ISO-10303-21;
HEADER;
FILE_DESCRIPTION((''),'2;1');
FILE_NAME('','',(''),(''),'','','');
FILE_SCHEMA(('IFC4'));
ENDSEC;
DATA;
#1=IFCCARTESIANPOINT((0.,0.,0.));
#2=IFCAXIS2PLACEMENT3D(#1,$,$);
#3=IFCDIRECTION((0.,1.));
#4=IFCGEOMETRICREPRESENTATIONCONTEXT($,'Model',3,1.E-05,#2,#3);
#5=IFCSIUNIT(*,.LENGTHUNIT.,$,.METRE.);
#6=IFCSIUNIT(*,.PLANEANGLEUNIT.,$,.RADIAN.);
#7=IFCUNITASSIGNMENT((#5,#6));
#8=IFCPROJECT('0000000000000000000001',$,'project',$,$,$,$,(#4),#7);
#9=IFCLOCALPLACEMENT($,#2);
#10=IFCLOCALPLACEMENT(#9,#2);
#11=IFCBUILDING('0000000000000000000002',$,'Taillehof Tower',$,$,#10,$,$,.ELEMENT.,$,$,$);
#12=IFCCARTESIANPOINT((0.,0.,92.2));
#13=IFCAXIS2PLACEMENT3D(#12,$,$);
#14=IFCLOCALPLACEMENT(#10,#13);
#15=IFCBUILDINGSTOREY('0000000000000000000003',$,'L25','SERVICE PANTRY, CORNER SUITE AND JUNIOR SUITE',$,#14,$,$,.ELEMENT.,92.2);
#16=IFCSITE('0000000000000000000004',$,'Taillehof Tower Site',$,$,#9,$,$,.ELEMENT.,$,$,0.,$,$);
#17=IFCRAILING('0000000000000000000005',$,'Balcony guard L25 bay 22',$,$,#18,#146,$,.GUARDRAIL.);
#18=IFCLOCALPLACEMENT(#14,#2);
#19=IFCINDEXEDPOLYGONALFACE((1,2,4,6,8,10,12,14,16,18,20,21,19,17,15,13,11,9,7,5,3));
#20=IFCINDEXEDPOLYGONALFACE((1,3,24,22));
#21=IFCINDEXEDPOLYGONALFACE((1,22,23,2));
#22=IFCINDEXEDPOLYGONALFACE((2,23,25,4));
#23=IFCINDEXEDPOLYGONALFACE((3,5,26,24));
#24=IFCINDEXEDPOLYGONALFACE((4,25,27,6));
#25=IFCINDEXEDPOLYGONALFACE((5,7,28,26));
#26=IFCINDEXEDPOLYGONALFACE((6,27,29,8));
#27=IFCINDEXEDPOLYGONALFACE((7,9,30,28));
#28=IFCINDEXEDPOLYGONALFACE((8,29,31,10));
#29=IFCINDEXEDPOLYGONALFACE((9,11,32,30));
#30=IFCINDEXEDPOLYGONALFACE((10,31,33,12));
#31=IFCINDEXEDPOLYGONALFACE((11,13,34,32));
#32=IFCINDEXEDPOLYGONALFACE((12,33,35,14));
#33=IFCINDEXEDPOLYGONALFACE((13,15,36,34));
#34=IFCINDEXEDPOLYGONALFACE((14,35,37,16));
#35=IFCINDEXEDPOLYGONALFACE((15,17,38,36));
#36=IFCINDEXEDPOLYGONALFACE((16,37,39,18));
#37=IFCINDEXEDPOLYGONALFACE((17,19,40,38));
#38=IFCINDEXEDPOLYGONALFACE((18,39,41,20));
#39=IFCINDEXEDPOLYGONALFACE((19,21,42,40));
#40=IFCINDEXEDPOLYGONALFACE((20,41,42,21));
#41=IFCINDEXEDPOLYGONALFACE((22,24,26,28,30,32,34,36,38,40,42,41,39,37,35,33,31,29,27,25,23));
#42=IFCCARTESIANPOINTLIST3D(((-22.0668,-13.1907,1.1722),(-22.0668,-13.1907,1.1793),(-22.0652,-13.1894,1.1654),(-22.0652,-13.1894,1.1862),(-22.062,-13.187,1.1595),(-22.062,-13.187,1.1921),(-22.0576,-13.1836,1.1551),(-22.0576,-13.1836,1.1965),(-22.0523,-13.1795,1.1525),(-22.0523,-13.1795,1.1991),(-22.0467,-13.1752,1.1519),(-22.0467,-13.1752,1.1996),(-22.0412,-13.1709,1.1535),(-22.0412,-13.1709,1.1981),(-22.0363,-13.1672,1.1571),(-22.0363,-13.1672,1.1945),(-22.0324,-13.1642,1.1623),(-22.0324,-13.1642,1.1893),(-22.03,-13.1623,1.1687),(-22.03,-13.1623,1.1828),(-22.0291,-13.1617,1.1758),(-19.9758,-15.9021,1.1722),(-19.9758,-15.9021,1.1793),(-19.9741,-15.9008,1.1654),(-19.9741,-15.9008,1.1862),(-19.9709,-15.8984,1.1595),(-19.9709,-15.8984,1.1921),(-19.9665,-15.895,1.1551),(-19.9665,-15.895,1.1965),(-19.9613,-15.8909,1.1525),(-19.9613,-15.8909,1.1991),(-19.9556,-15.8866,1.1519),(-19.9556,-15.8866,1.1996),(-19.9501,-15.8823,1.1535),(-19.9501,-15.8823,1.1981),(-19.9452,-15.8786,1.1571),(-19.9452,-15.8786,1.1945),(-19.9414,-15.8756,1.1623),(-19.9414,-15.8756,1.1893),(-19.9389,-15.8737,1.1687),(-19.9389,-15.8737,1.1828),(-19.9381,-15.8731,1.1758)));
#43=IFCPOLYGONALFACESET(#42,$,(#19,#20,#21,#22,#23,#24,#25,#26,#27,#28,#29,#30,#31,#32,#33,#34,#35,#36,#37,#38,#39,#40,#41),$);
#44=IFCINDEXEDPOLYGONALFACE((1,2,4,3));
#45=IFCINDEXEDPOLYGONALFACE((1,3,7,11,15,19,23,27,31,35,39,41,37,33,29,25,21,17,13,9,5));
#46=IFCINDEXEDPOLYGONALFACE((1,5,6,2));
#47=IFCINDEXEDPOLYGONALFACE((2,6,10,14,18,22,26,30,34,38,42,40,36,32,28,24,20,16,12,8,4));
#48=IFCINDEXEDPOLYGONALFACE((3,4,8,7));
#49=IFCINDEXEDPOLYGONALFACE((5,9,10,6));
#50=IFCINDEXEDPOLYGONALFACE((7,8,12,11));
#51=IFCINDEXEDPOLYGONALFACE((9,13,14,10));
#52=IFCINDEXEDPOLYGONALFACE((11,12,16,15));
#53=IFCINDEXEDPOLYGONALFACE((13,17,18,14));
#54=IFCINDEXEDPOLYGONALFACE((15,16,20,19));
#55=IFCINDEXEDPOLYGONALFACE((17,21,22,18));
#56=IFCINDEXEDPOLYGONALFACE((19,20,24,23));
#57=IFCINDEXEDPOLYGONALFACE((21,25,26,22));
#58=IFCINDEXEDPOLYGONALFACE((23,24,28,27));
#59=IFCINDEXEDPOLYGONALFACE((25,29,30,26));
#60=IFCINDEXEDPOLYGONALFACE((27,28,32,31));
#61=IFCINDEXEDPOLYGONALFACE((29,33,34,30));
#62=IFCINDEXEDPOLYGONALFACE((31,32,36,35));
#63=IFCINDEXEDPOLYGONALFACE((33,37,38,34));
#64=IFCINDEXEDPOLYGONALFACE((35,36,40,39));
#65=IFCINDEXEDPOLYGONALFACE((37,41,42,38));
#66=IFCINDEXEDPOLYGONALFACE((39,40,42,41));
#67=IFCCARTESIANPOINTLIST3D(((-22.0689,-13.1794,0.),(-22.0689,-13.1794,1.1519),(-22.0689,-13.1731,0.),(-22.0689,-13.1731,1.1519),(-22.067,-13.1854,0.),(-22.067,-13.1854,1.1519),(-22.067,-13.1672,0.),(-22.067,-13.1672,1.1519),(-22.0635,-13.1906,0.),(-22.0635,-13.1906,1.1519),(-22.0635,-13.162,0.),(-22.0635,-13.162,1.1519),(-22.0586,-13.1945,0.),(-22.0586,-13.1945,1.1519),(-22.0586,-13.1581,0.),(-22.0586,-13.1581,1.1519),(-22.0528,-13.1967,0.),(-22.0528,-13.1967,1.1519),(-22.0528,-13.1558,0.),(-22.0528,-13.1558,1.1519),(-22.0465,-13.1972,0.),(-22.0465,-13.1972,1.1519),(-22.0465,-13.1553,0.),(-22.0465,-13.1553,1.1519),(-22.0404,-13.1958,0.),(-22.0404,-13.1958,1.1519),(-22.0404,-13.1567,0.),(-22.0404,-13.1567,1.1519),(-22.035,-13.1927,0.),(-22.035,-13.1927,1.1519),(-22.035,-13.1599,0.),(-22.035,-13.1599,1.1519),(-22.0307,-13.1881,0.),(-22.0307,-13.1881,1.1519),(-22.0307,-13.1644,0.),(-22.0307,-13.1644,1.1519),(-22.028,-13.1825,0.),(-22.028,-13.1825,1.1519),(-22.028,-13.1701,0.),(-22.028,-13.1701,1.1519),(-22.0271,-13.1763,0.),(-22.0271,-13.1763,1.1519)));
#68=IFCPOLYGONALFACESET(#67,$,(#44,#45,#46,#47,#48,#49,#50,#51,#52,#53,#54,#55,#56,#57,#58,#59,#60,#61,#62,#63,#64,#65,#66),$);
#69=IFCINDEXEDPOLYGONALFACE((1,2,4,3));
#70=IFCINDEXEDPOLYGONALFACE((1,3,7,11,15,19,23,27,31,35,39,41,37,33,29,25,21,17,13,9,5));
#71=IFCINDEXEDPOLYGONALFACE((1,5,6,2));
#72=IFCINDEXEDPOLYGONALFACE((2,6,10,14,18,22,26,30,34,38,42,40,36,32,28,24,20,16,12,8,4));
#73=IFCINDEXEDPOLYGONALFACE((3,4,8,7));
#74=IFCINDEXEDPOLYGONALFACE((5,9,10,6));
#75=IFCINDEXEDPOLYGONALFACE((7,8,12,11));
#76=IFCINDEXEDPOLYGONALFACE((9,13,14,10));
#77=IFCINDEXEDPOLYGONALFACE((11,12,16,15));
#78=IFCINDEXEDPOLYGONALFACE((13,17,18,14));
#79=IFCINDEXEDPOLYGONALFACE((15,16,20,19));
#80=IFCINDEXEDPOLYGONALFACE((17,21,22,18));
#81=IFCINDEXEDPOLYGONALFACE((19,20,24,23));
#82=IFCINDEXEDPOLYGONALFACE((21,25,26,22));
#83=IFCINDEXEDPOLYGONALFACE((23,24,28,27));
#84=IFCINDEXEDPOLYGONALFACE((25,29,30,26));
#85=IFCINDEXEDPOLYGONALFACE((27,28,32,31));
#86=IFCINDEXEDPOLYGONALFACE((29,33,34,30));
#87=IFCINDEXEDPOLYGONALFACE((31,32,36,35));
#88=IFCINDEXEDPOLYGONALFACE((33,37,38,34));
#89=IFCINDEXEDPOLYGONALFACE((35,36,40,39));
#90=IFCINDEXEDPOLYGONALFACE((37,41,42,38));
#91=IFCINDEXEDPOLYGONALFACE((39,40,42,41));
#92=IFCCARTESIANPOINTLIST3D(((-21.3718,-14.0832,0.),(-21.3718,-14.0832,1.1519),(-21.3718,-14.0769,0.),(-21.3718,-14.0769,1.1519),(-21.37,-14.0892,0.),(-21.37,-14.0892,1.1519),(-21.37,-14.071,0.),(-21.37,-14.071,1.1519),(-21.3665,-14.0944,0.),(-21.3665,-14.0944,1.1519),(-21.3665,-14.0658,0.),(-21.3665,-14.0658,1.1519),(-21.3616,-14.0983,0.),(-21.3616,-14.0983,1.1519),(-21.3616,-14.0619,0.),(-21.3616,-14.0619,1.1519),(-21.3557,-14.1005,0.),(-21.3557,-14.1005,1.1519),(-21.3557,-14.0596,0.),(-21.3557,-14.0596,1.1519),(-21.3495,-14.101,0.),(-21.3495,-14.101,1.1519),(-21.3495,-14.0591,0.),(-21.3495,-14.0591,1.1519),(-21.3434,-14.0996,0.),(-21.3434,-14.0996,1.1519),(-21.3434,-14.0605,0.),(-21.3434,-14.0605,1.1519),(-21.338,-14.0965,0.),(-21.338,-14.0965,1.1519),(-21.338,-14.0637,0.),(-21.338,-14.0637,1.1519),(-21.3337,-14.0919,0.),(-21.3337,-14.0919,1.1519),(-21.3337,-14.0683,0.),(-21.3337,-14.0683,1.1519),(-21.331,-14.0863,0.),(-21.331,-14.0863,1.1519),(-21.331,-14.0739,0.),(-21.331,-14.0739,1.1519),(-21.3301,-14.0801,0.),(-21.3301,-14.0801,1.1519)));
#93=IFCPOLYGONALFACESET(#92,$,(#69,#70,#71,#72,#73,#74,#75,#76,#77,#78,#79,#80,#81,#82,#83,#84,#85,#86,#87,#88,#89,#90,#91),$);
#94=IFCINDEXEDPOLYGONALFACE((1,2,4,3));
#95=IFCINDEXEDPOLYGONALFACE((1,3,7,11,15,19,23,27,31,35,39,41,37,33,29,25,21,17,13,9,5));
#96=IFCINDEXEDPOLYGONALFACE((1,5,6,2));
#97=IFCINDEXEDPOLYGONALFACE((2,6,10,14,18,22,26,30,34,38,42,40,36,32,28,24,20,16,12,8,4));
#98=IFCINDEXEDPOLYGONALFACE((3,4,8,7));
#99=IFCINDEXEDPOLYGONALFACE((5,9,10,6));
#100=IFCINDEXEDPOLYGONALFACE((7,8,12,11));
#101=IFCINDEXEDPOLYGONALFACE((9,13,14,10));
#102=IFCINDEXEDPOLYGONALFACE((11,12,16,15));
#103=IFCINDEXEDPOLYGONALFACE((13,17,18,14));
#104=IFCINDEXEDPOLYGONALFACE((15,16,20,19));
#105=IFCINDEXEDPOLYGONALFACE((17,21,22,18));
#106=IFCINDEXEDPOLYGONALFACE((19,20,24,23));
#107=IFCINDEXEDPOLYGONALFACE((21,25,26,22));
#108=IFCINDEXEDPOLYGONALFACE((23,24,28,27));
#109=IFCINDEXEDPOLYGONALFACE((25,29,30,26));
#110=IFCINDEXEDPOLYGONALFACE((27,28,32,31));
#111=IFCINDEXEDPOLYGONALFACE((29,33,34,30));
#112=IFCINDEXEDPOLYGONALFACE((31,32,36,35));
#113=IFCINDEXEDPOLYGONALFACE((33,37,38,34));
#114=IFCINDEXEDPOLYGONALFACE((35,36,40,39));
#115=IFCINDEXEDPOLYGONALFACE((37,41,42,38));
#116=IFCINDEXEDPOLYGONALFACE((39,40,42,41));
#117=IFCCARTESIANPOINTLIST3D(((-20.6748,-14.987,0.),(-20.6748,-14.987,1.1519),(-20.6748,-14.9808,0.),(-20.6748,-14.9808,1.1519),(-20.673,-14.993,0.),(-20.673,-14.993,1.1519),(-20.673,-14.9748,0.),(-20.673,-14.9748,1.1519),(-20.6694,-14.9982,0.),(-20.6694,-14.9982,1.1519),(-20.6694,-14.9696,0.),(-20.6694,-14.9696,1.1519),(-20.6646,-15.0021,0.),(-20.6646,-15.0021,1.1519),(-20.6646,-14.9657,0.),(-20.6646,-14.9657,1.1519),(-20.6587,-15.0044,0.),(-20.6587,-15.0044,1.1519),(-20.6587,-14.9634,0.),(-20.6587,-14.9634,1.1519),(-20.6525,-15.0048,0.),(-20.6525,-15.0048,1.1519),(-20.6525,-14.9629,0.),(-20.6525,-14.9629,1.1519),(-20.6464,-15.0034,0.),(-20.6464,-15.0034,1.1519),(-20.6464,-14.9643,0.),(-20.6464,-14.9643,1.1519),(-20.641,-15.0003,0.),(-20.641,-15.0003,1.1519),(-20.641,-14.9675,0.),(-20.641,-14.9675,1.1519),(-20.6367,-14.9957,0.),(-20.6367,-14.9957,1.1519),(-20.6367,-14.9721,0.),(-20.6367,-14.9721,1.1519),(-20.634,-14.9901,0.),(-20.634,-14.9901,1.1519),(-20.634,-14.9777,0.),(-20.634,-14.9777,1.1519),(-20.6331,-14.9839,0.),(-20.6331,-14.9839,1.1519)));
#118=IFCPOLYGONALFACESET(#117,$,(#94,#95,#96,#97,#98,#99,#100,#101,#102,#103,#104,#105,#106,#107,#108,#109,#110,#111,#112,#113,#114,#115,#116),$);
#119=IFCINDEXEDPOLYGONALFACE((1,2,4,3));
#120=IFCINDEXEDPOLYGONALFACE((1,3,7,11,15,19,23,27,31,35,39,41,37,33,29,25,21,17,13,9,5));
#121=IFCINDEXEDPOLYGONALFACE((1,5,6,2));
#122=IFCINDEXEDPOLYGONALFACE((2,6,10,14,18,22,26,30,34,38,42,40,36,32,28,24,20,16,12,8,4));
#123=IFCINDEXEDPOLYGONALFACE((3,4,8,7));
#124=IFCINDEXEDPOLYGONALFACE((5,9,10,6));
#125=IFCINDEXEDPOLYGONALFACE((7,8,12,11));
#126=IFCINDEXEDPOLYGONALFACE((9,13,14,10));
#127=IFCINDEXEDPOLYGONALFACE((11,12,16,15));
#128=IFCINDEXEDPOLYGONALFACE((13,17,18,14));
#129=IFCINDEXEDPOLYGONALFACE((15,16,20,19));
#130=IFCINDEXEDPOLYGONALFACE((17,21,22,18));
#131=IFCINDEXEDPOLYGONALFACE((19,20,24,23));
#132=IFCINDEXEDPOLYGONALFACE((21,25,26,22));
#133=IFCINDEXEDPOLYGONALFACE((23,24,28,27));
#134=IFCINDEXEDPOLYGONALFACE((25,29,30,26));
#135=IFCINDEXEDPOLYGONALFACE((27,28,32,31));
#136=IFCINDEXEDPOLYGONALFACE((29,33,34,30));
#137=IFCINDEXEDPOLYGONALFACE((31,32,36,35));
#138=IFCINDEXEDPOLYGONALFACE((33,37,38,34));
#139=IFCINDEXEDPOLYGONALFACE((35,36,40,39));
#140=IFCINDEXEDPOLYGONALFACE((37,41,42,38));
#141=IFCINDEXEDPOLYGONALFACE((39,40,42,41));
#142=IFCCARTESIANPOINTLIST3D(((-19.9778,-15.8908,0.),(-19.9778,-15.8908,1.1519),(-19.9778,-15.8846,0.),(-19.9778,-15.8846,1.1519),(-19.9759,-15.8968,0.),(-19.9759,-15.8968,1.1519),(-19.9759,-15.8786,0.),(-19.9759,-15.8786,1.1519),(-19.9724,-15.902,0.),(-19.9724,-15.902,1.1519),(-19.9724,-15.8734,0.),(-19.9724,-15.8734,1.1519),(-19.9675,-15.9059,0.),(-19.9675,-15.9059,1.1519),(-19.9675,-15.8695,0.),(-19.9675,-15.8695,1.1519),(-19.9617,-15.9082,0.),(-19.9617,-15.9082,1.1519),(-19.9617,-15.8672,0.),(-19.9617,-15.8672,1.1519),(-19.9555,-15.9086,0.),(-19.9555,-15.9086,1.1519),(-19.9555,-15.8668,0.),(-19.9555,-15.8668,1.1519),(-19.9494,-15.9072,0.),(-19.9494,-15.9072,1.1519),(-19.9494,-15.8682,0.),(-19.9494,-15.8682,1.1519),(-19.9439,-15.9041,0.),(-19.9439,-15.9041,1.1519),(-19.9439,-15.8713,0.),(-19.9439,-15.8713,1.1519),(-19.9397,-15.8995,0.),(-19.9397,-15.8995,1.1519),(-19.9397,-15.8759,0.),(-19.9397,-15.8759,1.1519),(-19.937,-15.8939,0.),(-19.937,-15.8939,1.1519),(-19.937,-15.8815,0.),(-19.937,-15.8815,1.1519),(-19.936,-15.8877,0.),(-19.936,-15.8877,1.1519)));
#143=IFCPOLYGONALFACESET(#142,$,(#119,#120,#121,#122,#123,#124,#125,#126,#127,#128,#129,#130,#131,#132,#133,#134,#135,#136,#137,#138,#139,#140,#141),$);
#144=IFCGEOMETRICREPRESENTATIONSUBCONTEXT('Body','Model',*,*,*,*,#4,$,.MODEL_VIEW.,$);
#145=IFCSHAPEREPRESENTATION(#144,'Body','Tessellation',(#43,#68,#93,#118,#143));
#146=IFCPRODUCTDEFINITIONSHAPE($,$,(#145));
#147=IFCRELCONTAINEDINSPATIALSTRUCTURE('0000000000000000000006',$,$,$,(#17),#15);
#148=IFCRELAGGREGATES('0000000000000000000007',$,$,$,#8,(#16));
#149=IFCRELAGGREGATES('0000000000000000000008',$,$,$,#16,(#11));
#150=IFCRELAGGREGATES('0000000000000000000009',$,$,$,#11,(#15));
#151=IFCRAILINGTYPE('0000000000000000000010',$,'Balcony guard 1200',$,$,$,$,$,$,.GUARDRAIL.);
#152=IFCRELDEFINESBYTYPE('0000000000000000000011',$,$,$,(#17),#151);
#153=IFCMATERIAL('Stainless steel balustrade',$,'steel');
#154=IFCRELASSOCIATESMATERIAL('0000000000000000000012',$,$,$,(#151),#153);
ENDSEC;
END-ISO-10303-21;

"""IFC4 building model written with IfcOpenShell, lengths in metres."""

from ifc_helpers import new_model, si_unit, direction, frame, origin, origin_2d, place, context, subcontext, project, spatial, circle, extrude, material, type_object, element, save


model = new_model("IFC4")

# Units and contexts
model_context = context("Model", 3, precision=1e-05, world=origin(), true_north=direction((0.0, 1.0)))
body_context = subcontext(model_context, "Body", "Model", "MODEL_VIEW")
ifc_project = project(units=[si_unit("LENGTHUNIT", "METRE"), si_unit("PLANEANGLEUNIT", "RADIAN")], contexts=[model_context])

# Site, building, storey
site_placement = place(None, origin())
site = spatial("IfcSite", under=ifc_project, at=site_placement, Name="Taillehof Tower Site", CompositionType="ELEMENT", RefElevation=0.0)
building_placement = place(site_placement, origin())
building = spatial("IfcBuilding", under=site, at=building_placement, Name="Taillehof Tower", CompositionType="ELEMENT")
storey_placement = place(building_placement, frame((0.0, 0.0, 92.2)))
storey = spatial("IfcBuildingStorey", under=building, at=storey_placement, Name="L25", Description="SERVICE PANTRY, CORNER SUITE AND JUNIOR SUITE", CompositionType="ELEMENT", Elevation=92.2)

# Railing
ifc_material_1 = material(Name="Stainless steel balustrade", Category="steel")
railing_type = type_object("IfcRailingType", Name="Balcony guard 1200", PredefinedType="GUARDRAIL", material=ifc_material_1)
railing_1_placement = place(storey_placement, frame((-22.0481, -13.1763, 0.0)))
element("IfcRailing", 1, at=railing_1_placement, inside=storey, type_object=railing_type, Name="Balcony guard L25 bay 22", PredefinedType="GUARDRAIL", context=body_context, shape_type="SweptSolid", body=[
    extrude(circle(Radius=0.0239, at=origin_2d()), frame((0.0, 0.0, 1.1758), z_axis=(0.610692, -0.791868, 0.0), x_axis=(0.791868, 0.610692, 0.0)), (0.0, 0.0, 1.0), 3.4241),
    extrude(circle(Radius=0.021, at=origin_2d()), origin(), (0.0, 0.0, 1.0), 1.1519),
    extrude(circle(Radius=0.021, at=origin_2d()), frame((0.697, -0.9038, 0.0)), (0.0, 0.0, 1.0), 1.1519),
    extrude(circle(Radius=0.021, at=origin_2d()), frame((1.394, -1.8076, 0.0)), (0.0, 0.0, 1.0), 1.1519),
    extrude(circle(Radius=0.021, at=origin_2d()), frame((2.0911, -2.7114, 0.0)), (0.0, 0.0, 1.0), 1.1519),
])

save(model, "model.ifc")
